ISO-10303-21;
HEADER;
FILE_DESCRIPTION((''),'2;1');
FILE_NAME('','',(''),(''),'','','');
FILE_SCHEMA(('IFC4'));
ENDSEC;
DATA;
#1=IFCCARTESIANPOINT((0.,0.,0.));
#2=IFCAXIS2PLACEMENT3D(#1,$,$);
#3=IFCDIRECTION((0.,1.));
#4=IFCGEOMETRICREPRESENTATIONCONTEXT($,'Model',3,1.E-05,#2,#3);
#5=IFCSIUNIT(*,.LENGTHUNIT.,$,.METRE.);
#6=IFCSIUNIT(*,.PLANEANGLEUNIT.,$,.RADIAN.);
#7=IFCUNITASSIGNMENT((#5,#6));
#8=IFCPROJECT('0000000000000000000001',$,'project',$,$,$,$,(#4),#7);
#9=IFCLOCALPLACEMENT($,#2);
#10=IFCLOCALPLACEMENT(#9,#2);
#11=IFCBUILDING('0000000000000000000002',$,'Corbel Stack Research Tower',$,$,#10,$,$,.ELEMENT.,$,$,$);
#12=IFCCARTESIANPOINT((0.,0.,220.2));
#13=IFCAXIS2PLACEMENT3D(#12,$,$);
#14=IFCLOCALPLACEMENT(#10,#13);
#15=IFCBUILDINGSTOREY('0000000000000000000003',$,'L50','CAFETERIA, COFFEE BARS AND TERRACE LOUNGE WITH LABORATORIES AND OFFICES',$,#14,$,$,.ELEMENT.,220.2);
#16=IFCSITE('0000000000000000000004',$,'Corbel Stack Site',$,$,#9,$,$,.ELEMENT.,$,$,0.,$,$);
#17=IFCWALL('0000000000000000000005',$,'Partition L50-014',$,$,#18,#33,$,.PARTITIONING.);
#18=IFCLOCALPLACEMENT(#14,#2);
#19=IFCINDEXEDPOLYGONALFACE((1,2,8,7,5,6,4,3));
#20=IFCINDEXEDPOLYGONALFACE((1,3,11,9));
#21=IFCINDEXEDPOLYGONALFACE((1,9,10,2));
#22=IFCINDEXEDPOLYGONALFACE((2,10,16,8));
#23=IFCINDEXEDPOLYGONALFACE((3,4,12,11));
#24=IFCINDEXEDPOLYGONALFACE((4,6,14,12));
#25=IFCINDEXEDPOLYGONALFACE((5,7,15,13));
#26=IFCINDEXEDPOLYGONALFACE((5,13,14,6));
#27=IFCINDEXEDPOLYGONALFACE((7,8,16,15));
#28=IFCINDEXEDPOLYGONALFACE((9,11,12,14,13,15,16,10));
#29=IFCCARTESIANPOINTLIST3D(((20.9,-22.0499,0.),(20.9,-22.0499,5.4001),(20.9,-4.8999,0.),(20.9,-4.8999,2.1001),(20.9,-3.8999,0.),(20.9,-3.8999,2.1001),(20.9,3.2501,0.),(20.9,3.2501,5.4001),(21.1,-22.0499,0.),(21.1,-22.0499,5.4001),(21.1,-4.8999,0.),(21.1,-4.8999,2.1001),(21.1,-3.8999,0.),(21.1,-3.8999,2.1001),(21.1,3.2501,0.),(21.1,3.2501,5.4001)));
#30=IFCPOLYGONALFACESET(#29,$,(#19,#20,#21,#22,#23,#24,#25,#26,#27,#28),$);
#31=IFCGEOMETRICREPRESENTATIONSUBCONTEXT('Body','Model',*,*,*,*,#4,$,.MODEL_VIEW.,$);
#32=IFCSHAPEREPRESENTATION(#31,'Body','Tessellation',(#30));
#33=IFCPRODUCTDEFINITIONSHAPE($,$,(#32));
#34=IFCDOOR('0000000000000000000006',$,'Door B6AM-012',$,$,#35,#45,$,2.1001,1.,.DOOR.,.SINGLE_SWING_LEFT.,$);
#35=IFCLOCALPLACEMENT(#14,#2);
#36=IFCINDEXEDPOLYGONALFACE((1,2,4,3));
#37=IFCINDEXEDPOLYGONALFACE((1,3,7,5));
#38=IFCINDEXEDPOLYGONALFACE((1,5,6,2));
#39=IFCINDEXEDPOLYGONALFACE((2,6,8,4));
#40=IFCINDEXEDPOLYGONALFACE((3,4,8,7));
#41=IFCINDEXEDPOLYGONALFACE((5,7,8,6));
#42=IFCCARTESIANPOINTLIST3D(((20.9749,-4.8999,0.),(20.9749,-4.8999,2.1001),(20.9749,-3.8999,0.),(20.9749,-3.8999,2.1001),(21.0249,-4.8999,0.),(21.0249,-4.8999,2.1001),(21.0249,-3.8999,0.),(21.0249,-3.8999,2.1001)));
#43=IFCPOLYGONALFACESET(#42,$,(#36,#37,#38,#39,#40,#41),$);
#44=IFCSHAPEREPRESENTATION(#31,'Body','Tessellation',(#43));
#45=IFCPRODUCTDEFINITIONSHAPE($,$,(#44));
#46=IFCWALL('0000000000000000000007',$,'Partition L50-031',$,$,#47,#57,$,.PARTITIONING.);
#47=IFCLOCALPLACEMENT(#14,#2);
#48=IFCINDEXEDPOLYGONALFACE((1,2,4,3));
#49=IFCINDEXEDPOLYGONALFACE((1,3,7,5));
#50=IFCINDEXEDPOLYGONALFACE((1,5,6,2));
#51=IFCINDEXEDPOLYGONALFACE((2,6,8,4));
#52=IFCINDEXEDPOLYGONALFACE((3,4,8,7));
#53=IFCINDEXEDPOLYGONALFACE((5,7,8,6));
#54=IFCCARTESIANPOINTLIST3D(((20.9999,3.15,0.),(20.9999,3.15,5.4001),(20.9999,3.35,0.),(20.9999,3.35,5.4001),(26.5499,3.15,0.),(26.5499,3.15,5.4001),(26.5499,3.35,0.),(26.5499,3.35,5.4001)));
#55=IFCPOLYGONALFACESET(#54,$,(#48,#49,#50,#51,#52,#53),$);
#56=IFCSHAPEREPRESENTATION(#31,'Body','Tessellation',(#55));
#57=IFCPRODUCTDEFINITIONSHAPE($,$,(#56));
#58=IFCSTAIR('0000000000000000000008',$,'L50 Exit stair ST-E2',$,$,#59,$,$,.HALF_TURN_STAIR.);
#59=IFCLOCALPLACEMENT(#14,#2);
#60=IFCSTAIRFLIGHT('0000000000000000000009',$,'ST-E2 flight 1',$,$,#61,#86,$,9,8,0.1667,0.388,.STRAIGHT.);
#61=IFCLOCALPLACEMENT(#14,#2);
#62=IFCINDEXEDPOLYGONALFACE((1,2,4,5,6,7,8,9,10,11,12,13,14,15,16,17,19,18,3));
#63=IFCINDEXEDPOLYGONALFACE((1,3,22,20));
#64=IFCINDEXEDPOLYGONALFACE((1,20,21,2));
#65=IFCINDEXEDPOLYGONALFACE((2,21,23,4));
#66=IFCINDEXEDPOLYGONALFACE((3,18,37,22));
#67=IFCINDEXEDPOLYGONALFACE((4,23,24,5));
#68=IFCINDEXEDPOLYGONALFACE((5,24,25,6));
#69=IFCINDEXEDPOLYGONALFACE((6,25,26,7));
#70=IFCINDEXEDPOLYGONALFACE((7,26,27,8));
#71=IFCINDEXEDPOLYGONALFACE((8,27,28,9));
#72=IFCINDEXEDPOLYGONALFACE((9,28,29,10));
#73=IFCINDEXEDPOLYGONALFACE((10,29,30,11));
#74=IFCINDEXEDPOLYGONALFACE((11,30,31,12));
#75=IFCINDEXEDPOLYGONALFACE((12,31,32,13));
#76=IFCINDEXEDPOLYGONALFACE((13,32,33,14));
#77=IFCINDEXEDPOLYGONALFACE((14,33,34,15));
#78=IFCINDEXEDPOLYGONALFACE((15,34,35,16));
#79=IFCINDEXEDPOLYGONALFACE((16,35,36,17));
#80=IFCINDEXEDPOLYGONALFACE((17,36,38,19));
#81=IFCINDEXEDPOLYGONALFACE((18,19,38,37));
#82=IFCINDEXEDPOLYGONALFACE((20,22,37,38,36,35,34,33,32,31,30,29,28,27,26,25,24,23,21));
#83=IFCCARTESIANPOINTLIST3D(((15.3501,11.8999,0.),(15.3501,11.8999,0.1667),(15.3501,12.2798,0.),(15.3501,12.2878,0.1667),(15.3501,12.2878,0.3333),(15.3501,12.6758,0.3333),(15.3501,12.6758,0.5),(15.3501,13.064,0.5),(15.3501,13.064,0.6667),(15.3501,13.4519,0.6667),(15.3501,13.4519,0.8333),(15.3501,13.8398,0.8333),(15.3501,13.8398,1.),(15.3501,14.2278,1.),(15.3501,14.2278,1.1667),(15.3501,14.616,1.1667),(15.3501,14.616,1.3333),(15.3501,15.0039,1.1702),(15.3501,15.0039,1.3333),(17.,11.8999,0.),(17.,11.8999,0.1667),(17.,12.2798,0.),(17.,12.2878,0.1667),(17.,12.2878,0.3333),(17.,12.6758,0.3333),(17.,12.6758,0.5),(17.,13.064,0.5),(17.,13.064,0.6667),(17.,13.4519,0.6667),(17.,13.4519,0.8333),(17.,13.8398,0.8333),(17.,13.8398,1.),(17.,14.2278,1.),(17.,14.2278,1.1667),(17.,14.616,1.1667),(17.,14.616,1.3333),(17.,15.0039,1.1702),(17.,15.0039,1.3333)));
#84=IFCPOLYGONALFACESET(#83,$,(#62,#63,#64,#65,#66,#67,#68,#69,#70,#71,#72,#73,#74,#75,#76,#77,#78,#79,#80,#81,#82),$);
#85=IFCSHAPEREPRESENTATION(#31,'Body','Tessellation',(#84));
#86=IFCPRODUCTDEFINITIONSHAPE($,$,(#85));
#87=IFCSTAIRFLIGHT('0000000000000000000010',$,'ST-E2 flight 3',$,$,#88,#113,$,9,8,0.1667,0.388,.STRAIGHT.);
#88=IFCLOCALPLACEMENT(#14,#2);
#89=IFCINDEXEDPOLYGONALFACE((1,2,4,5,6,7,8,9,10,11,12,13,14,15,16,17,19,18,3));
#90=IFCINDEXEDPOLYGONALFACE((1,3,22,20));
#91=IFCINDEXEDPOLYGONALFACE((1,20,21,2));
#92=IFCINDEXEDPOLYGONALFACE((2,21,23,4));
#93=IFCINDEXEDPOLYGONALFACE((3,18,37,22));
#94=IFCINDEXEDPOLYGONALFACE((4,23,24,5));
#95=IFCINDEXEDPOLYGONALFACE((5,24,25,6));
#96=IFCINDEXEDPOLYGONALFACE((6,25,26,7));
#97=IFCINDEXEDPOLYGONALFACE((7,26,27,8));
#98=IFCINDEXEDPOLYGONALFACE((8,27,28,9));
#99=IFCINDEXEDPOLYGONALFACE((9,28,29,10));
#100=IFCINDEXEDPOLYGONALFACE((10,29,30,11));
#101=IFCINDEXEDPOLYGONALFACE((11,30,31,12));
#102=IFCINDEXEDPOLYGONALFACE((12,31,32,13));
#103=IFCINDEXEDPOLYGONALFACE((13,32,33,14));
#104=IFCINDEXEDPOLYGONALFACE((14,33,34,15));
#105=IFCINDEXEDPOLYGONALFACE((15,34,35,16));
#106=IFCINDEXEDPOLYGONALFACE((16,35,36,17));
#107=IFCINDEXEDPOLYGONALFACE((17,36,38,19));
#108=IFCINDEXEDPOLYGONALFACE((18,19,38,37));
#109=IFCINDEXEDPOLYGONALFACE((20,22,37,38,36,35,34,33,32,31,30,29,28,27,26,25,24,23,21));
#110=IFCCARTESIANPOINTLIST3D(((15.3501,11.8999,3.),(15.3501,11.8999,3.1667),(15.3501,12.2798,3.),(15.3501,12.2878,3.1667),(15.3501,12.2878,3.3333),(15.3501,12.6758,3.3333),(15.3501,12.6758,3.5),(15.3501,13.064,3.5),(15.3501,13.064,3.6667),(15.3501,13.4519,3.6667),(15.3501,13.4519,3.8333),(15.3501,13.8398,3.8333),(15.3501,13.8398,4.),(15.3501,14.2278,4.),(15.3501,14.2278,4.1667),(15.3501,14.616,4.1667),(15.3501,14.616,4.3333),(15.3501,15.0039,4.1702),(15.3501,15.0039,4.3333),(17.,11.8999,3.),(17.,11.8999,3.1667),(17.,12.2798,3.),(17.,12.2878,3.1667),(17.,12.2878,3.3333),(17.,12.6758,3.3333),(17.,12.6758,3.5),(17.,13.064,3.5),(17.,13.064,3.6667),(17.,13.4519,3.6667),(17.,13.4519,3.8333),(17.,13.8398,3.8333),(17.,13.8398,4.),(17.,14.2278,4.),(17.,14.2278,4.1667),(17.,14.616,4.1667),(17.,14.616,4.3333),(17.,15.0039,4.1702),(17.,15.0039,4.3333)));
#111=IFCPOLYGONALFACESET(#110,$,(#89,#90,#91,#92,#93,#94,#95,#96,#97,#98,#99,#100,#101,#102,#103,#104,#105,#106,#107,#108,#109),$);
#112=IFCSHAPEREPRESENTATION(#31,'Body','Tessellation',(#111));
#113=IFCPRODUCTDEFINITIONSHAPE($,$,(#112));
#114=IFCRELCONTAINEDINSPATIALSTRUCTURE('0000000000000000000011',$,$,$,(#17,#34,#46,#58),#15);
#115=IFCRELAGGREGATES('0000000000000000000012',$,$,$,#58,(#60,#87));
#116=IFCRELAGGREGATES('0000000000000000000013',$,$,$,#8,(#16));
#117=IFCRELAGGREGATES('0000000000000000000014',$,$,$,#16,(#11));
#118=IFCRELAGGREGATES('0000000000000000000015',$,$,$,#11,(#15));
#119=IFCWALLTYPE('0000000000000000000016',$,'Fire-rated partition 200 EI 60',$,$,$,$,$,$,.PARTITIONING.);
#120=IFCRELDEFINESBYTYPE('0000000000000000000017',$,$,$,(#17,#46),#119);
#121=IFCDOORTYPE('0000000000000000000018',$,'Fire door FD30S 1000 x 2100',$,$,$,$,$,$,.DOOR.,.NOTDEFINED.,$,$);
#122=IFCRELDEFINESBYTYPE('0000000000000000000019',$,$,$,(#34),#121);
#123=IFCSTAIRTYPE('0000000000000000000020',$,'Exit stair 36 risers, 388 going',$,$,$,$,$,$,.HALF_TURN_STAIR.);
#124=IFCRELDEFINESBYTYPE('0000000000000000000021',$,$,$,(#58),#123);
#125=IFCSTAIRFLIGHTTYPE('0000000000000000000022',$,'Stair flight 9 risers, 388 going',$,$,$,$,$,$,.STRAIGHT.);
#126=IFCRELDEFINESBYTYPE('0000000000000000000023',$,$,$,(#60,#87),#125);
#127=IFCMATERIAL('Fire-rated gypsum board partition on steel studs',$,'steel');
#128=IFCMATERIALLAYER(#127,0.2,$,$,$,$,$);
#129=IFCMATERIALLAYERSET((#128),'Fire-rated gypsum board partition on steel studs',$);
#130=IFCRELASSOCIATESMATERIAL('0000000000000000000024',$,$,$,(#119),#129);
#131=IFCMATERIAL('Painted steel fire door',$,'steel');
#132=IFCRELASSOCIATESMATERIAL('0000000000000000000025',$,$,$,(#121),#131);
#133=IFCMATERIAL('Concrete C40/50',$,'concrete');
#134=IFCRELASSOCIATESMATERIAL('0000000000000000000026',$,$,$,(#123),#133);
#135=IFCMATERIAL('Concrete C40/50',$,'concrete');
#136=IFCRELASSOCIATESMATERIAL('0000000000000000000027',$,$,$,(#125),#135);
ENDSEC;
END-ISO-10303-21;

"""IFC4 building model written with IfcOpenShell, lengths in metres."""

from ifc_helpers import new_model, si_unit, direction, frame, frame_2d, origin, place, context, subcontext, project, spatial, polyline, rectangle, outline, extrude, material, layer, layer_set, type_object, element, fill, aggregate, save


model = new_model("IFC4")

# Units and contexts
model_context = context("Model", 3, precision=1e-05, world=origin(), true_north=direction((0.0, 1.0)))
body_context = subcontext(model_context, "Body", "Model", "MODEL_VIEW")
ifc_project = project(units=[si_unit("LENGTHUNIT", "METRE"), si_unit("PLANEANGLEUNIT", "RADIAN")], contexts=[model_context])

# Site, building, storey
site_placement = place(None, origin())
site = spatial("IfcSite", under=ifc_project, at=site_placement, Name="Corbel Stack Site", CompositionType="ELEMENT", RefElevation=0.0)
building_placement = place(site_placement, origin())
building = spatial("IfcBuilding", under=site, at=building_placement, Name="Corbel Stack Research Tower", CompositionType="ELEMENT")
storey_placement = place(building_placement, frame((0.0, 0.0, 220.2)))
storey = spatial("IfcBuildingStorey", under=building, at=storey_placement, Name="L50", Description="CAFETERIA, COFFEE BARS AND TERRACE LOUNGE WITH LABORATORIES AND OFFICES", CompositionType="ELEMENT", Elevation=220.2)

# Wall, opening, door
ifc_material_1 = material(Name="Fire-rated gypsum board partition on steel studs", Category="steel")
ifc_layer = layer(ifc_material_1, 0.2)
ifc_layer_set = layer_set([ifc_layer], Name="Fire-rated gypsum board partition on steel studs")
wall_type = type_object("IfcWallType", Name="Fire-rated partition 200 EI 60", PredefinedType="PARTITIONING", material=ifc_layer_set)
wall_1_placement = place(storey_placement, frame((21.0, 3.25, 0.0), z_axis=(0.0, 0.0, 1.0), x_axis=(0.0, -1.0, 0.0)))
wall_1 = element("IfcWall", 1, at=wall_1_placement, inside=storey, type_object=wall_type, Name="Partition L50-014", PredefinedType="PARTITIONING", context=body_context, shape_type="SweptSolid", body=[
    extrude(rectangle(XDim=25.3, YDim=0.2, at=frame_2d((12.6499, 0.0))), origin(), (0.0, 0.0, 1.0), 5.4001),
])
opening_placement = place(wall_1_placement, frame((7.1499, 0.0, 0.0)))
opening = element("IfcOpeningElement", 2, at=opening_placement, cuts=wall_1, PredefinedType="OPENING", context=body_context, shape_type="SweptSolid", body=[
    extrude(rectangle(XDim=1.0, YDim=2.1001, at=frame_2d((0.5, 1.05))), frame((0.0, 0.1099, 0.0), z_axis=(0.0, -1.0, 0.0), x_axis=(1.0, 0.0, 0.0)), (0.0, 0.0, 1.0), 0.22),
])
ifc_material_2 = material(Name="Painted steel fire door", Category="steel")
door_type = type_object("IfcDoorType", Name="Fire door FD30S 1000 x 2100", OperationType="NOTDEFINED", PredefinedType="DOOR", material=ifc_material_2)
door_placement = place(opening_placement, origin())
door = element("IfcDoor", 3, at=door_placement, inside=storey, type_object=door_type, Name="Door B6AM-012", OperationType="SINGLE_SWING_LEFT", OverallHeight=2.1001, OverallWidth=1.0, PredefinedType="DOOR", context=body_context, shape_type="SweptSolid", body=[
    extrude(rectangle(XDim=1.0, YDim=2.1001, at=frame_2d((0.5, 1.05))), frame((0.0, 0.0249, 0.0), z_axis=(0.0, -1.0, 0.0), x_axis=(1.0, 0.0, 0.0)), (0.0, 0.0, 1.0), 0.05),
])
fill(opening, door)

# Wall
wall_2_placement = place(storey_placement, frame((21.0, 3.25, 0.0), z_axis=(0.0, 0.0, 1.0), x_axis=(1.0, 0.0, 0.0)))
element("IfcWall", 4, at=wall_2_placement, inside=storey, type_object=wall_type, Name="Partition L50-031", PredefinedType="PARTITIONING", context=body_context, shape_type="SweptSolid", body=[
    extrude(rectangle(XDim=5.55, YDim=0.2, at=frame_2d((2.7749, 0.0))), origin(), (0.0, 0.0, 1.0), 5.4001),
])

# Stair, stair flights
ifc_material_3 = material(Name="Concrete C40/50", Category="concrete")
stair_type = type_object("IfcStairType", Name="Exit stair 36 risers, 388 going", PredefinedType="HALF_TURN_STAIR", material=ifc_material_3)
stair_placement = place(storey_placement, origin())
stair = element("IfcStair", 5, at=stair_placement, inside=storey, type_object=stair_type, Name="L50 Exit stair ST-E2", PredefinedType="HALF_TURN_STAIR")
ifc_material_4 = material(Name="Concrete C40/50", Category="concrete")
stair_flight_type = type_object("IfcStairFlightType", Name="Stair flight 9 risers, 388 going", PredefinedType="STRAIGHT", material=ifc_material_4)
stair_flight_1_placement = place(storey_placement, frame((16.175, 11.8999, 0.0), z_axis=(0.0, 0.0, 1.0), x_axis=(0.0, 1.0, 0.0)))
stair_flight_1 = element("IfcStairFlight", 6, at=stair_flight_1_placement, type_object=stair_flight_type, Name="ST-E2 flight 1", NumberOfRisers=9, NumberOfTreads=8, PredefinedType="STRAIGHT", RiserHeight=0.1667, TreadLength=0.388, context=body_context, shape_type="SweptSolid", body=[
    extrude(outline(polyline([(0.0, 0.0), (0.0, 0.1667), (0.3879, 0.1667), (0.3879, 0.3333), (0.7759, 0.3333), (0.7759, 0.5), (1.1641, 0.5), (1.1641, 0.6667), (1.552, 0.6667), (1.552, 0.8333), (1.9399, 0.8333), (1.9399, 1.0), (2.3279, 1.0), (2.3279, 1.1667), (2.7161, 1.1667), (2.7161, 1.3333), (3.104, 1.3333), (3.104, 1.5), (3.104, 1.1702), (0.3799, 0.0), (0.0, 0.0)])), frame((0.0, 0.825, 0.0), z_axis=(0.0, -1.0, 0.0), x_axis=(1.0, 0.0, 0.0)), (0.0, 0.0, 1.0), 1.6499),
])
stair_flight_2_placement = place(storey_placement, frame((16.175, 11.8999, 3.0), z_axis=(0.0, 0.0, 1.0), x_axis=(0.0, 1.0, 0.0)))
stair_flight_2 = element("IfcStairFlight", 7, at=stair_flight_2_placement, type_object=stair_flight_type, Name="ST-E2 flight 3", NumberOfRisers=9, NumberOfTreads=8, PredefinedType="STRAIGHT", RiserHeight=0.1667, TreadLength=0.388, context=body_context, shape_type="SweptSolid", body=[
    extrude(outline(polyline([(0.0, 0.0), (0.0, 0.1667), (0.3879, 0.1667), (0.3879, 0.3333), (0.7759, 0.3333), (0.7759, 0.5), (1.1641, 0.5), (1.1641, 0.6667), (1.552, 0.6667), (1.552, 0.8333), (1.9399, 0.8333), (1.9399, 1.0), (2.3279, 1.0), (2.3279, 1.1667), (2.7161, 1.1667), (2.7161, 1.3333), (3.104, 1.3333), (3.104, 1.5), (3.104, 1.1702), (0.3799, 0.0), (0.0, 0.0)])), frame((0.0, 0.825, 0.0), z_axis=(0.0, -1.0, 0.0), x_axis=(1.0, 0.0, 0.0)), (0.0, 0.0, 1.0), 1.6499),
])
aggregate(stair, [stair_flight_1, stair_flight_2])

save(model, "model.ifc")
